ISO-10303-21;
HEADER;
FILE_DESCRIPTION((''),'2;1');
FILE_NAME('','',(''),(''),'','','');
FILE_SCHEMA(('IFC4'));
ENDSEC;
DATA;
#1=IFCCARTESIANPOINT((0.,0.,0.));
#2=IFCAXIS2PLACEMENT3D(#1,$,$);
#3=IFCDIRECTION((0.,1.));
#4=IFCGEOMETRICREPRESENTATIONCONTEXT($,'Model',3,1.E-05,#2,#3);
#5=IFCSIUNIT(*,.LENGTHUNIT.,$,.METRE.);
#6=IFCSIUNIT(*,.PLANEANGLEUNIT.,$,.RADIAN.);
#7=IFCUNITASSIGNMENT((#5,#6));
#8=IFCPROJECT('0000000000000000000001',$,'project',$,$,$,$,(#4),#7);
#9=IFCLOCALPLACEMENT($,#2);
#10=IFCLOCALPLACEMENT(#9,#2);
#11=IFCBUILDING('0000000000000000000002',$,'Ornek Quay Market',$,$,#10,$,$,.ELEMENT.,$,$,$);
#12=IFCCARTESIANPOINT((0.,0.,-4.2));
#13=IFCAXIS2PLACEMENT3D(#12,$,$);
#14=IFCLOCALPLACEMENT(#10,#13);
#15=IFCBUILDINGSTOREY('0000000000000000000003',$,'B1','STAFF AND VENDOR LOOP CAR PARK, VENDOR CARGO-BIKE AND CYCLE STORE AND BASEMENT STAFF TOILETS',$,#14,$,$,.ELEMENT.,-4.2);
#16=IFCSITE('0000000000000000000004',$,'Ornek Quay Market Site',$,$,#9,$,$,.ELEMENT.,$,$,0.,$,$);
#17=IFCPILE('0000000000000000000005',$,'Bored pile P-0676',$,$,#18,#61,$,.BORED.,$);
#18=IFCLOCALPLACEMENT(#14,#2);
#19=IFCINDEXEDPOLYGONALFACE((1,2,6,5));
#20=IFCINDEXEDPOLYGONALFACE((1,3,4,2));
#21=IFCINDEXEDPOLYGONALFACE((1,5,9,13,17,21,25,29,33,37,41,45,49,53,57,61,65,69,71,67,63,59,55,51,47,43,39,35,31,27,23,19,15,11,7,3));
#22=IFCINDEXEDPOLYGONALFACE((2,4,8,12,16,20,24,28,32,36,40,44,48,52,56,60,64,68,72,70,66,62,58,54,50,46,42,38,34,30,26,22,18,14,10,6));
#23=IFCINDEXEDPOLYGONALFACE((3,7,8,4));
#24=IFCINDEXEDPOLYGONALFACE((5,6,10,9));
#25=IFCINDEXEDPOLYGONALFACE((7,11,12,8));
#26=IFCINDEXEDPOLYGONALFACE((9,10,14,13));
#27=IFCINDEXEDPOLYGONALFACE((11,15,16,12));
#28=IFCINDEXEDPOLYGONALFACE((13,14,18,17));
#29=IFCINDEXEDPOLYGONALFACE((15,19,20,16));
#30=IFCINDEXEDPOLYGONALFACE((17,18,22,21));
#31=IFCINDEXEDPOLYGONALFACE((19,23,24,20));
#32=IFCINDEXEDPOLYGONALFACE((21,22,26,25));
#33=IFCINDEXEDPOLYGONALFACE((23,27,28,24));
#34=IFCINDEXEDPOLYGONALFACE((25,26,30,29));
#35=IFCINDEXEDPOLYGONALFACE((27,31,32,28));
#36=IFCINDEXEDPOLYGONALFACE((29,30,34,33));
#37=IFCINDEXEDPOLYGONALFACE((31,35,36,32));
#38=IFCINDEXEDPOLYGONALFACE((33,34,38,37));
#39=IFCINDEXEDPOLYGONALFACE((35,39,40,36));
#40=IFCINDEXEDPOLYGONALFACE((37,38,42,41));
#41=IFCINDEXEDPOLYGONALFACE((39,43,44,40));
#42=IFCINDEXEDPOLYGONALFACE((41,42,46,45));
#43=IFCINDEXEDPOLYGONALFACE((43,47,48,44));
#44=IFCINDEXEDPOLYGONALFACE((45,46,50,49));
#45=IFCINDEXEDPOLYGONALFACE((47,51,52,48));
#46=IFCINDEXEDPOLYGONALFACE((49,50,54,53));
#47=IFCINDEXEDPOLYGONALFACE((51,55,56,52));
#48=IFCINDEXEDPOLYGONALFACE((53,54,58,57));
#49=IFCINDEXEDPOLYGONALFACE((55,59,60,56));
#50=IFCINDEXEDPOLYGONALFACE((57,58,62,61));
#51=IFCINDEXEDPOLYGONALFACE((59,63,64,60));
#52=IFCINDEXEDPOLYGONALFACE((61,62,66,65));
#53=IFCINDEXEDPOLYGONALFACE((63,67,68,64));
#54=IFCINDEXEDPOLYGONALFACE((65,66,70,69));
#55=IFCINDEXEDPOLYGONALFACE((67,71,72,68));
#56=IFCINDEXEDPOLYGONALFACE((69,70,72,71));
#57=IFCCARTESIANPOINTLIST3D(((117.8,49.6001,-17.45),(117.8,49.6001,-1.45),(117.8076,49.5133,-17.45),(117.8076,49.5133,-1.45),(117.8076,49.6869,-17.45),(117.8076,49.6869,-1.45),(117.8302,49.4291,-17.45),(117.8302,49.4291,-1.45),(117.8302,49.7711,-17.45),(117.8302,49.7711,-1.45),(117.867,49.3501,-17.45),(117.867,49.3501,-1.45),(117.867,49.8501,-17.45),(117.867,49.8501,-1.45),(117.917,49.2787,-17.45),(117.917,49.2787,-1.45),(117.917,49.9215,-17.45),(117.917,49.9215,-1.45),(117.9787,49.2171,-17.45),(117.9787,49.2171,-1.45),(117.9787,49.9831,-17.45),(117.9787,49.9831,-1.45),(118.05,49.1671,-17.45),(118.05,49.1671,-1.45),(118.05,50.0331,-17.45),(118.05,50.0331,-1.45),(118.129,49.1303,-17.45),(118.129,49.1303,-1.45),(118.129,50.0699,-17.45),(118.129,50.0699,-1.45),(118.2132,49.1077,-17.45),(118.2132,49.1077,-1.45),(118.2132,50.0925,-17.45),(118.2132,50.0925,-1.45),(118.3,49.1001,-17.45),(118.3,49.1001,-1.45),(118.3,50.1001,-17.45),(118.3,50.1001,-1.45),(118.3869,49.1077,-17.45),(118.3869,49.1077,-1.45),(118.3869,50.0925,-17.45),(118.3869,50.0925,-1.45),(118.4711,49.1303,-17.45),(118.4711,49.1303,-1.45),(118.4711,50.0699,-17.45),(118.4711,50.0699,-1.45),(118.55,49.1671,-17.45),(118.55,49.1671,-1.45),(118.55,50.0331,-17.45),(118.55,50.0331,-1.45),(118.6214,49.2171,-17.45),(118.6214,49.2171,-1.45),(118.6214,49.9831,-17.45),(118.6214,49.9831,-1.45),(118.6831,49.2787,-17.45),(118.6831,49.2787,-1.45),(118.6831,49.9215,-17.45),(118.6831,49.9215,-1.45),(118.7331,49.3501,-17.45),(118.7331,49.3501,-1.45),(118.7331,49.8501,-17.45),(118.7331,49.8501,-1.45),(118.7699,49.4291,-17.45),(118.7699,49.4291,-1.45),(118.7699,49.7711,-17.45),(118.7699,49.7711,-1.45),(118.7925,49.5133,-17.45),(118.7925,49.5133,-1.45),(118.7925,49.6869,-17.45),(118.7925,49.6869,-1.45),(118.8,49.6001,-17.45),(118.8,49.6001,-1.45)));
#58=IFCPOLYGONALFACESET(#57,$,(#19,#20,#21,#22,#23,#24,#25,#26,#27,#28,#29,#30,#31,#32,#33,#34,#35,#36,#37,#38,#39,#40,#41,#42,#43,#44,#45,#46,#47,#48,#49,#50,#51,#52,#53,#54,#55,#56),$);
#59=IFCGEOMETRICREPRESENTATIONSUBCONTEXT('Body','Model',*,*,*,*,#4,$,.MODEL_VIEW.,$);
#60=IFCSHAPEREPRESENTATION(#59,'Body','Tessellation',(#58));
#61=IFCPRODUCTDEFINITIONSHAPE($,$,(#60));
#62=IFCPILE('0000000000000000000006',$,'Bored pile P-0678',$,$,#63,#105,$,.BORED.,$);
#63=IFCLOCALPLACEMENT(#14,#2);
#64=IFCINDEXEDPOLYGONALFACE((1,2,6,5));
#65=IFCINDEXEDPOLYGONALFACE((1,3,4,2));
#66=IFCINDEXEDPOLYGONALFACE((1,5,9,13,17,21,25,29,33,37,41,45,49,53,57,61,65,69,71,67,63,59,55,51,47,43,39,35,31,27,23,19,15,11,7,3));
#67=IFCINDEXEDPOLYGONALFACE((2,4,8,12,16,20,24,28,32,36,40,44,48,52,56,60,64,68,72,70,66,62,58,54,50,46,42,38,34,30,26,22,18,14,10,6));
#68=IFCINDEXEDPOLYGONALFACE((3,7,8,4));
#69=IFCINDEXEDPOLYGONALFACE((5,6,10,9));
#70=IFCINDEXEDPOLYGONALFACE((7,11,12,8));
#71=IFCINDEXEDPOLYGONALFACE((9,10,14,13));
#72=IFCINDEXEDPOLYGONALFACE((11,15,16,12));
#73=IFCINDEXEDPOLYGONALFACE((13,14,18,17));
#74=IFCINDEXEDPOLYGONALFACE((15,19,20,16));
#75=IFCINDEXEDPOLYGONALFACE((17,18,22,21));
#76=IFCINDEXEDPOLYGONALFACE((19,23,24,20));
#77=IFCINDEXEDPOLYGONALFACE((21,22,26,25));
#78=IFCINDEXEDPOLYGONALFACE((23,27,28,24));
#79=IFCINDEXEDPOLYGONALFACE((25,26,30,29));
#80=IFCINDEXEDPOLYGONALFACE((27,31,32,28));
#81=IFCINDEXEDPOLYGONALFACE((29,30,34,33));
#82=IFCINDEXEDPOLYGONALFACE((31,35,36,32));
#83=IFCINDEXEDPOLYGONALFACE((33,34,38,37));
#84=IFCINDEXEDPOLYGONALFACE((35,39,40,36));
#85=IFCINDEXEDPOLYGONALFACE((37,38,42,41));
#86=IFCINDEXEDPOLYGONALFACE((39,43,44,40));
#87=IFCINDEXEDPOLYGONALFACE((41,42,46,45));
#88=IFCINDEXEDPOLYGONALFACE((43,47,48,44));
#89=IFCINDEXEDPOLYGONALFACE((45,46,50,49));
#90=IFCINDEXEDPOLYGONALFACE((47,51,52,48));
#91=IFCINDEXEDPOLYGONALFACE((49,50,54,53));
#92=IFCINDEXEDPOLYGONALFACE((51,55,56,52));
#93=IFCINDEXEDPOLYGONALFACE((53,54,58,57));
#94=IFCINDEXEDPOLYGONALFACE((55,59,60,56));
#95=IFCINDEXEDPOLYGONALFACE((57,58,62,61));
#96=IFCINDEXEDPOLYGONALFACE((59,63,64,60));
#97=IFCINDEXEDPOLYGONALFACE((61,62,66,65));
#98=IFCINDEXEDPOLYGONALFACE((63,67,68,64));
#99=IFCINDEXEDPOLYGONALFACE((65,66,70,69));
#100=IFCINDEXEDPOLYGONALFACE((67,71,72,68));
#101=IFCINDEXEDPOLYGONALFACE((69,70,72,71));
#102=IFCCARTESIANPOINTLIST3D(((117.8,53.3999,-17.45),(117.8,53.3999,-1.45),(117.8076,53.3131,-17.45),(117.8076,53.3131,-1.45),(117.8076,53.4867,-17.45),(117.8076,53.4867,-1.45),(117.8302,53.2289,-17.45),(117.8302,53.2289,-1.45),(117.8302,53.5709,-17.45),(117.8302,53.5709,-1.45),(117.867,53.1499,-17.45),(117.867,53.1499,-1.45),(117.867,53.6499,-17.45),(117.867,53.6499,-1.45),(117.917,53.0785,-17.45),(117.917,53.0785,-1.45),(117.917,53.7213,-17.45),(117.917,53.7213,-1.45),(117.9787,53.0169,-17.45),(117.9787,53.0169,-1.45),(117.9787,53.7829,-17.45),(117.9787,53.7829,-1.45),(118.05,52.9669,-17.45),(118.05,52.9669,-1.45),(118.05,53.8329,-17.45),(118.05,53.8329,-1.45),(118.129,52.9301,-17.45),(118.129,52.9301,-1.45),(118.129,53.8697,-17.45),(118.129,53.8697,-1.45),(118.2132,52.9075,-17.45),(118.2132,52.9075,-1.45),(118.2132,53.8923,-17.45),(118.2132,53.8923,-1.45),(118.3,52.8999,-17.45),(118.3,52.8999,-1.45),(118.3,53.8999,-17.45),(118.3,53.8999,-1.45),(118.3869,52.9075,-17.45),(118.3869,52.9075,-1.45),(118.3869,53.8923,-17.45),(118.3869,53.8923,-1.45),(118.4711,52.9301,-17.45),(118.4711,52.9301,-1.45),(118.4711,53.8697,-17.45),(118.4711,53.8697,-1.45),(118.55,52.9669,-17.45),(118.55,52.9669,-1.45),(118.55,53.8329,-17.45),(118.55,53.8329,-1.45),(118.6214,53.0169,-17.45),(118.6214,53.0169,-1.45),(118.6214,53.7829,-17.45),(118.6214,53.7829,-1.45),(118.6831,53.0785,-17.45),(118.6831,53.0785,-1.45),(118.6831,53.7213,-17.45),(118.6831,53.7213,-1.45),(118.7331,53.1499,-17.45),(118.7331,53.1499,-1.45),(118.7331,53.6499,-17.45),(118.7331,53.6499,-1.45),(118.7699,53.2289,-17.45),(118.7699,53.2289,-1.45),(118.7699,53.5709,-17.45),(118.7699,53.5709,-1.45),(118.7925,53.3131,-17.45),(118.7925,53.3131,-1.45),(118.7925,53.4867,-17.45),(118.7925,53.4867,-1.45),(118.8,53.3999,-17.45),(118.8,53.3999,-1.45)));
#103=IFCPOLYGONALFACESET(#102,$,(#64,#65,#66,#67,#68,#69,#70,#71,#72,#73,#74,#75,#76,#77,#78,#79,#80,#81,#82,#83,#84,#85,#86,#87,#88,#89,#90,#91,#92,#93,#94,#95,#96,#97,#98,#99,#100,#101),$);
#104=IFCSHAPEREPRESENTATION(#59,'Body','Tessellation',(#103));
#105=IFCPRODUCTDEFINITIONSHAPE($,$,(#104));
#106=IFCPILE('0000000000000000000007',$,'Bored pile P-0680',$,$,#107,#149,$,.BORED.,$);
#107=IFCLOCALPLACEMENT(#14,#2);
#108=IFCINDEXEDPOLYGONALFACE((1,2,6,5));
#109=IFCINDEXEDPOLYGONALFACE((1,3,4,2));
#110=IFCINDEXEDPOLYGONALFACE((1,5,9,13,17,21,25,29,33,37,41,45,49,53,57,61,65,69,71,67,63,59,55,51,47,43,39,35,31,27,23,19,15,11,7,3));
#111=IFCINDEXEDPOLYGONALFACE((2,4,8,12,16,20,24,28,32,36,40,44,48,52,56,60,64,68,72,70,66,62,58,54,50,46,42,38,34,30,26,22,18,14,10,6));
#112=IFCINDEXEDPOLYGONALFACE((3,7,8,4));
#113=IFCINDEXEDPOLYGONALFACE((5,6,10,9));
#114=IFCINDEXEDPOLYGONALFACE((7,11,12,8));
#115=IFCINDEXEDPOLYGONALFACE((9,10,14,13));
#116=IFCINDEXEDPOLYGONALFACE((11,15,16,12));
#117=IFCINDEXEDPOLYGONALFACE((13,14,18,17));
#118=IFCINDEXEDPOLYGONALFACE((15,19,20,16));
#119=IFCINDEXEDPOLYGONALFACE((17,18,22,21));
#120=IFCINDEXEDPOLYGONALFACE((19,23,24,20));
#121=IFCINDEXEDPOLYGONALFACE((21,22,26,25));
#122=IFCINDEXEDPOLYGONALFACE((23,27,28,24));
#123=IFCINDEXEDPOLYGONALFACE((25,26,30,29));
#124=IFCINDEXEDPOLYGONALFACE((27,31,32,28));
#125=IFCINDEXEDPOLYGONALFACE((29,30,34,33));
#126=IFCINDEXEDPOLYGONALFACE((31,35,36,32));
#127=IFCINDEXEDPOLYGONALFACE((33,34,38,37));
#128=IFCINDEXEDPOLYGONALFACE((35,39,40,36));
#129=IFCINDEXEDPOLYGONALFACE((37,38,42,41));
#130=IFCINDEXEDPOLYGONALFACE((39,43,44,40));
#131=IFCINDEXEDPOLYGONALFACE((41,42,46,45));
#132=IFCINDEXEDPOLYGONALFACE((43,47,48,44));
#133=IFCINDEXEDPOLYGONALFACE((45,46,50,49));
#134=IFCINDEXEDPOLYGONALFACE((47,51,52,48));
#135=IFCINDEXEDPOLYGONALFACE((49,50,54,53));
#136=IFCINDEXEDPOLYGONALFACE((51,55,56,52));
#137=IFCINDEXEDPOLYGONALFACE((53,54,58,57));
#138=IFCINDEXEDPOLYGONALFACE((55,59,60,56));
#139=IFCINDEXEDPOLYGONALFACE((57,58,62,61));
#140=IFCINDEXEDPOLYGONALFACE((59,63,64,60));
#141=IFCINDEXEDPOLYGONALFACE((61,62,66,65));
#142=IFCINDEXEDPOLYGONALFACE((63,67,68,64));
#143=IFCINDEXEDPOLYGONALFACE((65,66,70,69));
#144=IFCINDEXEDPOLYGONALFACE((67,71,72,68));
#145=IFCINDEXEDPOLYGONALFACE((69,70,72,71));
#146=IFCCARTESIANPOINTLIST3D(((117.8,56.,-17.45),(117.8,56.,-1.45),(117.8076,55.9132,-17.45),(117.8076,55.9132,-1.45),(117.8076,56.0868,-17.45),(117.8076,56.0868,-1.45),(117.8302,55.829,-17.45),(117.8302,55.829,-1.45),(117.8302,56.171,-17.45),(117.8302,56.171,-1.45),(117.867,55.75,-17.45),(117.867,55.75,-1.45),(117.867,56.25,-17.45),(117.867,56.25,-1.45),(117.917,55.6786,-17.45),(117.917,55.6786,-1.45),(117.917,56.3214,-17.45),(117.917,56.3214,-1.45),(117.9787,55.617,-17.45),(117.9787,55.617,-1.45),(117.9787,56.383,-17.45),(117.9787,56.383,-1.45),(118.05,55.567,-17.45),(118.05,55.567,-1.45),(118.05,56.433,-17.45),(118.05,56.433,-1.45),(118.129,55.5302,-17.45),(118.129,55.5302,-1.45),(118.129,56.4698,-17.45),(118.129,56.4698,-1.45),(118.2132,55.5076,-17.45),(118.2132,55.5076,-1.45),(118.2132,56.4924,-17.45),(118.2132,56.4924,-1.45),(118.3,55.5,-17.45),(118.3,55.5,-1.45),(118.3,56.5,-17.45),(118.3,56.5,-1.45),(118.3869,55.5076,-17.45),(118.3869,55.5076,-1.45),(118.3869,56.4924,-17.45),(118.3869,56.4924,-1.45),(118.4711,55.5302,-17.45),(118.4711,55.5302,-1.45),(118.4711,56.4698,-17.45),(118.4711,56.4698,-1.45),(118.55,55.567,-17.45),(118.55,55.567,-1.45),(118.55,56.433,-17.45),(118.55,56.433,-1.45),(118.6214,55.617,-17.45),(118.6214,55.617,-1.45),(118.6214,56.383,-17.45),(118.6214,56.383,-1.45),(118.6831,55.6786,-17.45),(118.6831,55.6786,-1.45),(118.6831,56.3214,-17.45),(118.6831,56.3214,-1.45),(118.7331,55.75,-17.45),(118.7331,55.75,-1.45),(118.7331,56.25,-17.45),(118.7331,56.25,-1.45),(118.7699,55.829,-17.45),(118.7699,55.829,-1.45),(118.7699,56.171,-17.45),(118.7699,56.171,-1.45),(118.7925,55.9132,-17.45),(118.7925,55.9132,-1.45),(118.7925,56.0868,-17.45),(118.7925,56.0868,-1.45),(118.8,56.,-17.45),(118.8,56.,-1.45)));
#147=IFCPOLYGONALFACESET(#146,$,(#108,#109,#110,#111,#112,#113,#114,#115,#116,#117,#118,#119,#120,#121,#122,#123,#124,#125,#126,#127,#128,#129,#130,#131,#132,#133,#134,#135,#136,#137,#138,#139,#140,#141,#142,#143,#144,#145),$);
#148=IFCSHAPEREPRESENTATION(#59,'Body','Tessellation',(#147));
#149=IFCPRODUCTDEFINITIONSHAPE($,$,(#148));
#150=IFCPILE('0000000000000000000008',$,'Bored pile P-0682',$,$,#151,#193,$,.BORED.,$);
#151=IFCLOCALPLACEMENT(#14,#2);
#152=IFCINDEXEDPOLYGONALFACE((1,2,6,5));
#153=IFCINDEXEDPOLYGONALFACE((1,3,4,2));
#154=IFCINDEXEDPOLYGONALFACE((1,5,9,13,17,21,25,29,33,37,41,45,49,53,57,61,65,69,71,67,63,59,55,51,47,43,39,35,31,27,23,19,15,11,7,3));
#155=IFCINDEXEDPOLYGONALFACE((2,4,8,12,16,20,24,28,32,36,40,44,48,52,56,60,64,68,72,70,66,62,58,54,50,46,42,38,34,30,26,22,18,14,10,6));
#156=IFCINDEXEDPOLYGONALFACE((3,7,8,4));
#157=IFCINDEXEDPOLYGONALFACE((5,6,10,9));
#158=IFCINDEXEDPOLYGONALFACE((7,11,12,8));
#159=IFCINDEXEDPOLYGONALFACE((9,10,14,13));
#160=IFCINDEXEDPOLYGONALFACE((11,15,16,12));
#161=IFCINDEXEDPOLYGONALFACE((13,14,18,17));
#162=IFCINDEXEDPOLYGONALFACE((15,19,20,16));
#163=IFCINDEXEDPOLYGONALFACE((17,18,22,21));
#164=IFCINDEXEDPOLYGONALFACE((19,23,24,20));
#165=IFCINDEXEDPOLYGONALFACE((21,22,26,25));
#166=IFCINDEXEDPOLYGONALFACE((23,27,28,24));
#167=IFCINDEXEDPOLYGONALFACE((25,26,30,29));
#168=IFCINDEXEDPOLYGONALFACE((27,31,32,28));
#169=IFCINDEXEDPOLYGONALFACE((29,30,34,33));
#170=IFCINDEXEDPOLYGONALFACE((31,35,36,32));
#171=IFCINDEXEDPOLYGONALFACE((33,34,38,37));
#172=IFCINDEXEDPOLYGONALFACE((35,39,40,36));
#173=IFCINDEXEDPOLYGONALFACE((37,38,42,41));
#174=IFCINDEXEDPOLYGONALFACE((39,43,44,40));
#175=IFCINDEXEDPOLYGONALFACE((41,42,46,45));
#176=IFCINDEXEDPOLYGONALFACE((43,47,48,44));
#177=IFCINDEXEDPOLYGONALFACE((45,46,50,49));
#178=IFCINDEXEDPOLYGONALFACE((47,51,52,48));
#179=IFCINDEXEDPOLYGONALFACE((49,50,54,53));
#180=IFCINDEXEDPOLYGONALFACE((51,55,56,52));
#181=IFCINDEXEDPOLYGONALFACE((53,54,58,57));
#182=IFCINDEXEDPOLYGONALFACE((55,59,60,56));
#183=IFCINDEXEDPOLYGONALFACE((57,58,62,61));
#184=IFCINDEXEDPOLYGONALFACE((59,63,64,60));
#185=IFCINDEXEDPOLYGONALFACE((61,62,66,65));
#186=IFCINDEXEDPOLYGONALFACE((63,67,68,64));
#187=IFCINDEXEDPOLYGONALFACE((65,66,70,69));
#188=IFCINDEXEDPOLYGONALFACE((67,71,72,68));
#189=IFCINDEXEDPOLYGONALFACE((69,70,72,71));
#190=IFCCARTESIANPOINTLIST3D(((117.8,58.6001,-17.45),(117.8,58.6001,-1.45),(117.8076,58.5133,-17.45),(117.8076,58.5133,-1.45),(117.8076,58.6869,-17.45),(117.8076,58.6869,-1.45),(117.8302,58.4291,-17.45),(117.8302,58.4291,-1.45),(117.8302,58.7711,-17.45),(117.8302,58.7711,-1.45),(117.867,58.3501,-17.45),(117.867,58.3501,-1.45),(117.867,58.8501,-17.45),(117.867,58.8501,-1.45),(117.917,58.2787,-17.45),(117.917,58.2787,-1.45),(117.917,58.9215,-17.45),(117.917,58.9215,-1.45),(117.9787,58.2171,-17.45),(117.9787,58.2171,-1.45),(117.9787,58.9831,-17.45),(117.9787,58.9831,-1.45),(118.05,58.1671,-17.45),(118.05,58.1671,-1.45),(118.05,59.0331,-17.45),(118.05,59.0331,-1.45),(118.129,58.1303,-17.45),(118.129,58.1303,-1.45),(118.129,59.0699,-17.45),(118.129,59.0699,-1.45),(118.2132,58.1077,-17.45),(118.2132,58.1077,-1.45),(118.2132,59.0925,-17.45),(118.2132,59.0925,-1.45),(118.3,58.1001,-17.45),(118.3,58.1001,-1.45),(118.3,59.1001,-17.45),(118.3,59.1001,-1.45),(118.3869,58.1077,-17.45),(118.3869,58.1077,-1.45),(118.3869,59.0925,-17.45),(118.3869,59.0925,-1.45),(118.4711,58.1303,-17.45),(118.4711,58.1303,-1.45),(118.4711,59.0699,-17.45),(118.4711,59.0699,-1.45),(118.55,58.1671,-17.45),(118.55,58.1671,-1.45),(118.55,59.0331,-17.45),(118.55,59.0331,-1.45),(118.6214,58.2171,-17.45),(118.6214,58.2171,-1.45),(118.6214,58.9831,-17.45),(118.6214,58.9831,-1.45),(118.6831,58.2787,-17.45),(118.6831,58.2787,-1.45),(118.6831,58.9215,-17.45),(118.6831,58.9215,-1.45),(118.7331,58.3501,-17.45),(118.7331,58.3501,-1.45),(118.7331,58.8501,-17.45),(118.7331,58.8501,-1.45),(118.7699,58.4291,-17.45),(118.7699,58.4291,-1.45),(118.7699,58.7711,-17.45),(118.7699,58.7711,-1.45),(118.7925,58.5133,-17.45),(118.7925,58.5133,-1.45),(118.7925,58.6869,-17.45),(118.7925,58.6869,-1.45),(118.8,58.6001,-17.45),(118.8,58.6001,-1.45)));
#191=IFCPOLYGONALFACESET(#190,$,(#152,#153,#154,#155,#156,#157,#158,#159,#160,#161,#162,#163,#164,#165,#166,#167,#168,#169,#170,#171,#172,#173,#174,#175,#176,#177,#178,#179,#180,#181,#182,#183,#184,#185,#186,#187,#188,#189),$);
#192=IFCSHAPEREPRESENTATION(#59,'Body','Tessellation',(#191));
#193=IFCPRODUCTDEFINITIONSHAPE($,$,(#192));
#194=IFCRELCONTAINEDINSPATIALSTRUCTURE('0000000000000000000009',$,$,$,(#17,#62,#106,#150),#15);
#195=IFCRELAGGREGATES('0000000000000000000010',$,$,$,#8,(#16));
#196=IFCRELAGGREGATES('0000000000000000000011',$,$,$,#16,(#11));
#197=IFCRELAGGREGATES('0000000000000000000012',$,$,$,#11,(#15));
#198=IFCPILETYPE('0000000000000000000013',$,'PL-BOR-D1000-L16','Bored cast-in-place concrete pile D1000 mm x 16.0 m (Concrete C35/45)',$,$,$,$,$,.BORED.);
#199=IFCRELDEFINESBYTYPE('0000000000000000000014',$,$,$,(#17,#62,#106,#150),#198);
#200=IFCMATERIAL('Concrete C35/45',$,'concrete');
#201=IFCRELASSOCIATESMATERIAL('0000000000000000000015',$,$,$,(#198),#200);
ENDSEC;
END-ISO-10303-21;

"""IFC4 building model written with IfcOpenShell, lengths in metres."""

from ifc_helpers import new_model, si_unit, direction, frame, origin, origin_2d, place, context, subcontext, project, spatial, circle, extrude, material, material_profile, profile_set, type_object, element, save


model = new_model("IFC4")

# Units and contexts
model_context = context("Model", 3, precision=1e-05, world=origin(), true_north=direction((0.0, 1.0)))
body_context = subcontext(model_context, "Body", "Model", "MODEL_VIEW")
ifc_project = project(units=[si_unit("LENGTHUNIT", "METRE"), si_unit("PLANEANGLEUNIT", "RADIAN")], contexts=[model_context])

# Site, building, storey
site_placement = place(None, origin())
site = spatial("IfcSite", under=ifc_project, at=site_placement, Name="Ornek Quay Market Site", CompositionType="ELEMENT", RefElevation=0.0)
building_placement = place(site_placement, origin())
building = spatial("IfcBuilding", under=site, at=building_placement, Name="Ornek Quay Market", CompositionType="ELEMENT")
storey_placement = place(building_placement, frame((0.0, 0.0, -4.2)))
storey = spatial("IfcBuildingStorey", under=building, at=storey_placement, Name="B1", Description="STAFF AND VENDOR LOOP CAR PARK, VENDOR CARGO-BIKE AND CYCLE STORE AND BASEMENT STAFF TOILETS", CompositionType="ELEMENT", Elevation=-4.2)

# Piles
ifc_material_1 = material(Name="Concrete C35/45", Category="concrete")
ifc_material_profile_1 = material_profile(ifc_material_1, circle(Radius=0.5, at=origin_2d()), Name="PILE D1000", Category="concrete")
ifc_profile_set_1 = profile_set([ifc_material_profile_1], Name="Concrete C35/45")
pile_type_1 = type_object("IfcPileType", Name="PL-BOR-D1000-L16", Description="Bored cast-in-place concrete pile D1000 mm x 16.0 m (Concrete C35/45)", PredefinedType="BORED", material=ifc_profile_set_1)
for number, where, z_axis, x_axis, name in (
    (1, (118.3, 49.6001, -1.45), (0.0, 0.0, -1.0), (1.0, 0.0, 0.0), "Bored pile P-0676"),
    (2, (118.3, 53.3999, -1.45), (0.0, 0.0, -1.0), (1.0, 0.0, 0.0), "Bored pile P-0678"),
    (3, (118.3, 56.0, -1.45), (0.0, 0.0, -1.0), (1.0, 0.0, 0.0), "Bored pile P-0680"),
    (4, (118.3, 58.6001, -1.45), (0.0, 0.0, -1.0), (1.0, 0.0, 0.0), "Bored pile P-0682"),
):
    element("IfcPile", number, at=place(storey_placement, frame(where, z_axis=z_axis, x_axis=x_axis)), inside=storey, type_object=pile_type_1, Name=name, PredefinedType="BORED", context=body_context, shape_type="SweptSolid", body=[
        extrude(circle(Radius=0.5, at=origin_2d()), origin(), (0.0, 0.0, 1.0), 16.0),
    ])

save(model, "model.ifc")
